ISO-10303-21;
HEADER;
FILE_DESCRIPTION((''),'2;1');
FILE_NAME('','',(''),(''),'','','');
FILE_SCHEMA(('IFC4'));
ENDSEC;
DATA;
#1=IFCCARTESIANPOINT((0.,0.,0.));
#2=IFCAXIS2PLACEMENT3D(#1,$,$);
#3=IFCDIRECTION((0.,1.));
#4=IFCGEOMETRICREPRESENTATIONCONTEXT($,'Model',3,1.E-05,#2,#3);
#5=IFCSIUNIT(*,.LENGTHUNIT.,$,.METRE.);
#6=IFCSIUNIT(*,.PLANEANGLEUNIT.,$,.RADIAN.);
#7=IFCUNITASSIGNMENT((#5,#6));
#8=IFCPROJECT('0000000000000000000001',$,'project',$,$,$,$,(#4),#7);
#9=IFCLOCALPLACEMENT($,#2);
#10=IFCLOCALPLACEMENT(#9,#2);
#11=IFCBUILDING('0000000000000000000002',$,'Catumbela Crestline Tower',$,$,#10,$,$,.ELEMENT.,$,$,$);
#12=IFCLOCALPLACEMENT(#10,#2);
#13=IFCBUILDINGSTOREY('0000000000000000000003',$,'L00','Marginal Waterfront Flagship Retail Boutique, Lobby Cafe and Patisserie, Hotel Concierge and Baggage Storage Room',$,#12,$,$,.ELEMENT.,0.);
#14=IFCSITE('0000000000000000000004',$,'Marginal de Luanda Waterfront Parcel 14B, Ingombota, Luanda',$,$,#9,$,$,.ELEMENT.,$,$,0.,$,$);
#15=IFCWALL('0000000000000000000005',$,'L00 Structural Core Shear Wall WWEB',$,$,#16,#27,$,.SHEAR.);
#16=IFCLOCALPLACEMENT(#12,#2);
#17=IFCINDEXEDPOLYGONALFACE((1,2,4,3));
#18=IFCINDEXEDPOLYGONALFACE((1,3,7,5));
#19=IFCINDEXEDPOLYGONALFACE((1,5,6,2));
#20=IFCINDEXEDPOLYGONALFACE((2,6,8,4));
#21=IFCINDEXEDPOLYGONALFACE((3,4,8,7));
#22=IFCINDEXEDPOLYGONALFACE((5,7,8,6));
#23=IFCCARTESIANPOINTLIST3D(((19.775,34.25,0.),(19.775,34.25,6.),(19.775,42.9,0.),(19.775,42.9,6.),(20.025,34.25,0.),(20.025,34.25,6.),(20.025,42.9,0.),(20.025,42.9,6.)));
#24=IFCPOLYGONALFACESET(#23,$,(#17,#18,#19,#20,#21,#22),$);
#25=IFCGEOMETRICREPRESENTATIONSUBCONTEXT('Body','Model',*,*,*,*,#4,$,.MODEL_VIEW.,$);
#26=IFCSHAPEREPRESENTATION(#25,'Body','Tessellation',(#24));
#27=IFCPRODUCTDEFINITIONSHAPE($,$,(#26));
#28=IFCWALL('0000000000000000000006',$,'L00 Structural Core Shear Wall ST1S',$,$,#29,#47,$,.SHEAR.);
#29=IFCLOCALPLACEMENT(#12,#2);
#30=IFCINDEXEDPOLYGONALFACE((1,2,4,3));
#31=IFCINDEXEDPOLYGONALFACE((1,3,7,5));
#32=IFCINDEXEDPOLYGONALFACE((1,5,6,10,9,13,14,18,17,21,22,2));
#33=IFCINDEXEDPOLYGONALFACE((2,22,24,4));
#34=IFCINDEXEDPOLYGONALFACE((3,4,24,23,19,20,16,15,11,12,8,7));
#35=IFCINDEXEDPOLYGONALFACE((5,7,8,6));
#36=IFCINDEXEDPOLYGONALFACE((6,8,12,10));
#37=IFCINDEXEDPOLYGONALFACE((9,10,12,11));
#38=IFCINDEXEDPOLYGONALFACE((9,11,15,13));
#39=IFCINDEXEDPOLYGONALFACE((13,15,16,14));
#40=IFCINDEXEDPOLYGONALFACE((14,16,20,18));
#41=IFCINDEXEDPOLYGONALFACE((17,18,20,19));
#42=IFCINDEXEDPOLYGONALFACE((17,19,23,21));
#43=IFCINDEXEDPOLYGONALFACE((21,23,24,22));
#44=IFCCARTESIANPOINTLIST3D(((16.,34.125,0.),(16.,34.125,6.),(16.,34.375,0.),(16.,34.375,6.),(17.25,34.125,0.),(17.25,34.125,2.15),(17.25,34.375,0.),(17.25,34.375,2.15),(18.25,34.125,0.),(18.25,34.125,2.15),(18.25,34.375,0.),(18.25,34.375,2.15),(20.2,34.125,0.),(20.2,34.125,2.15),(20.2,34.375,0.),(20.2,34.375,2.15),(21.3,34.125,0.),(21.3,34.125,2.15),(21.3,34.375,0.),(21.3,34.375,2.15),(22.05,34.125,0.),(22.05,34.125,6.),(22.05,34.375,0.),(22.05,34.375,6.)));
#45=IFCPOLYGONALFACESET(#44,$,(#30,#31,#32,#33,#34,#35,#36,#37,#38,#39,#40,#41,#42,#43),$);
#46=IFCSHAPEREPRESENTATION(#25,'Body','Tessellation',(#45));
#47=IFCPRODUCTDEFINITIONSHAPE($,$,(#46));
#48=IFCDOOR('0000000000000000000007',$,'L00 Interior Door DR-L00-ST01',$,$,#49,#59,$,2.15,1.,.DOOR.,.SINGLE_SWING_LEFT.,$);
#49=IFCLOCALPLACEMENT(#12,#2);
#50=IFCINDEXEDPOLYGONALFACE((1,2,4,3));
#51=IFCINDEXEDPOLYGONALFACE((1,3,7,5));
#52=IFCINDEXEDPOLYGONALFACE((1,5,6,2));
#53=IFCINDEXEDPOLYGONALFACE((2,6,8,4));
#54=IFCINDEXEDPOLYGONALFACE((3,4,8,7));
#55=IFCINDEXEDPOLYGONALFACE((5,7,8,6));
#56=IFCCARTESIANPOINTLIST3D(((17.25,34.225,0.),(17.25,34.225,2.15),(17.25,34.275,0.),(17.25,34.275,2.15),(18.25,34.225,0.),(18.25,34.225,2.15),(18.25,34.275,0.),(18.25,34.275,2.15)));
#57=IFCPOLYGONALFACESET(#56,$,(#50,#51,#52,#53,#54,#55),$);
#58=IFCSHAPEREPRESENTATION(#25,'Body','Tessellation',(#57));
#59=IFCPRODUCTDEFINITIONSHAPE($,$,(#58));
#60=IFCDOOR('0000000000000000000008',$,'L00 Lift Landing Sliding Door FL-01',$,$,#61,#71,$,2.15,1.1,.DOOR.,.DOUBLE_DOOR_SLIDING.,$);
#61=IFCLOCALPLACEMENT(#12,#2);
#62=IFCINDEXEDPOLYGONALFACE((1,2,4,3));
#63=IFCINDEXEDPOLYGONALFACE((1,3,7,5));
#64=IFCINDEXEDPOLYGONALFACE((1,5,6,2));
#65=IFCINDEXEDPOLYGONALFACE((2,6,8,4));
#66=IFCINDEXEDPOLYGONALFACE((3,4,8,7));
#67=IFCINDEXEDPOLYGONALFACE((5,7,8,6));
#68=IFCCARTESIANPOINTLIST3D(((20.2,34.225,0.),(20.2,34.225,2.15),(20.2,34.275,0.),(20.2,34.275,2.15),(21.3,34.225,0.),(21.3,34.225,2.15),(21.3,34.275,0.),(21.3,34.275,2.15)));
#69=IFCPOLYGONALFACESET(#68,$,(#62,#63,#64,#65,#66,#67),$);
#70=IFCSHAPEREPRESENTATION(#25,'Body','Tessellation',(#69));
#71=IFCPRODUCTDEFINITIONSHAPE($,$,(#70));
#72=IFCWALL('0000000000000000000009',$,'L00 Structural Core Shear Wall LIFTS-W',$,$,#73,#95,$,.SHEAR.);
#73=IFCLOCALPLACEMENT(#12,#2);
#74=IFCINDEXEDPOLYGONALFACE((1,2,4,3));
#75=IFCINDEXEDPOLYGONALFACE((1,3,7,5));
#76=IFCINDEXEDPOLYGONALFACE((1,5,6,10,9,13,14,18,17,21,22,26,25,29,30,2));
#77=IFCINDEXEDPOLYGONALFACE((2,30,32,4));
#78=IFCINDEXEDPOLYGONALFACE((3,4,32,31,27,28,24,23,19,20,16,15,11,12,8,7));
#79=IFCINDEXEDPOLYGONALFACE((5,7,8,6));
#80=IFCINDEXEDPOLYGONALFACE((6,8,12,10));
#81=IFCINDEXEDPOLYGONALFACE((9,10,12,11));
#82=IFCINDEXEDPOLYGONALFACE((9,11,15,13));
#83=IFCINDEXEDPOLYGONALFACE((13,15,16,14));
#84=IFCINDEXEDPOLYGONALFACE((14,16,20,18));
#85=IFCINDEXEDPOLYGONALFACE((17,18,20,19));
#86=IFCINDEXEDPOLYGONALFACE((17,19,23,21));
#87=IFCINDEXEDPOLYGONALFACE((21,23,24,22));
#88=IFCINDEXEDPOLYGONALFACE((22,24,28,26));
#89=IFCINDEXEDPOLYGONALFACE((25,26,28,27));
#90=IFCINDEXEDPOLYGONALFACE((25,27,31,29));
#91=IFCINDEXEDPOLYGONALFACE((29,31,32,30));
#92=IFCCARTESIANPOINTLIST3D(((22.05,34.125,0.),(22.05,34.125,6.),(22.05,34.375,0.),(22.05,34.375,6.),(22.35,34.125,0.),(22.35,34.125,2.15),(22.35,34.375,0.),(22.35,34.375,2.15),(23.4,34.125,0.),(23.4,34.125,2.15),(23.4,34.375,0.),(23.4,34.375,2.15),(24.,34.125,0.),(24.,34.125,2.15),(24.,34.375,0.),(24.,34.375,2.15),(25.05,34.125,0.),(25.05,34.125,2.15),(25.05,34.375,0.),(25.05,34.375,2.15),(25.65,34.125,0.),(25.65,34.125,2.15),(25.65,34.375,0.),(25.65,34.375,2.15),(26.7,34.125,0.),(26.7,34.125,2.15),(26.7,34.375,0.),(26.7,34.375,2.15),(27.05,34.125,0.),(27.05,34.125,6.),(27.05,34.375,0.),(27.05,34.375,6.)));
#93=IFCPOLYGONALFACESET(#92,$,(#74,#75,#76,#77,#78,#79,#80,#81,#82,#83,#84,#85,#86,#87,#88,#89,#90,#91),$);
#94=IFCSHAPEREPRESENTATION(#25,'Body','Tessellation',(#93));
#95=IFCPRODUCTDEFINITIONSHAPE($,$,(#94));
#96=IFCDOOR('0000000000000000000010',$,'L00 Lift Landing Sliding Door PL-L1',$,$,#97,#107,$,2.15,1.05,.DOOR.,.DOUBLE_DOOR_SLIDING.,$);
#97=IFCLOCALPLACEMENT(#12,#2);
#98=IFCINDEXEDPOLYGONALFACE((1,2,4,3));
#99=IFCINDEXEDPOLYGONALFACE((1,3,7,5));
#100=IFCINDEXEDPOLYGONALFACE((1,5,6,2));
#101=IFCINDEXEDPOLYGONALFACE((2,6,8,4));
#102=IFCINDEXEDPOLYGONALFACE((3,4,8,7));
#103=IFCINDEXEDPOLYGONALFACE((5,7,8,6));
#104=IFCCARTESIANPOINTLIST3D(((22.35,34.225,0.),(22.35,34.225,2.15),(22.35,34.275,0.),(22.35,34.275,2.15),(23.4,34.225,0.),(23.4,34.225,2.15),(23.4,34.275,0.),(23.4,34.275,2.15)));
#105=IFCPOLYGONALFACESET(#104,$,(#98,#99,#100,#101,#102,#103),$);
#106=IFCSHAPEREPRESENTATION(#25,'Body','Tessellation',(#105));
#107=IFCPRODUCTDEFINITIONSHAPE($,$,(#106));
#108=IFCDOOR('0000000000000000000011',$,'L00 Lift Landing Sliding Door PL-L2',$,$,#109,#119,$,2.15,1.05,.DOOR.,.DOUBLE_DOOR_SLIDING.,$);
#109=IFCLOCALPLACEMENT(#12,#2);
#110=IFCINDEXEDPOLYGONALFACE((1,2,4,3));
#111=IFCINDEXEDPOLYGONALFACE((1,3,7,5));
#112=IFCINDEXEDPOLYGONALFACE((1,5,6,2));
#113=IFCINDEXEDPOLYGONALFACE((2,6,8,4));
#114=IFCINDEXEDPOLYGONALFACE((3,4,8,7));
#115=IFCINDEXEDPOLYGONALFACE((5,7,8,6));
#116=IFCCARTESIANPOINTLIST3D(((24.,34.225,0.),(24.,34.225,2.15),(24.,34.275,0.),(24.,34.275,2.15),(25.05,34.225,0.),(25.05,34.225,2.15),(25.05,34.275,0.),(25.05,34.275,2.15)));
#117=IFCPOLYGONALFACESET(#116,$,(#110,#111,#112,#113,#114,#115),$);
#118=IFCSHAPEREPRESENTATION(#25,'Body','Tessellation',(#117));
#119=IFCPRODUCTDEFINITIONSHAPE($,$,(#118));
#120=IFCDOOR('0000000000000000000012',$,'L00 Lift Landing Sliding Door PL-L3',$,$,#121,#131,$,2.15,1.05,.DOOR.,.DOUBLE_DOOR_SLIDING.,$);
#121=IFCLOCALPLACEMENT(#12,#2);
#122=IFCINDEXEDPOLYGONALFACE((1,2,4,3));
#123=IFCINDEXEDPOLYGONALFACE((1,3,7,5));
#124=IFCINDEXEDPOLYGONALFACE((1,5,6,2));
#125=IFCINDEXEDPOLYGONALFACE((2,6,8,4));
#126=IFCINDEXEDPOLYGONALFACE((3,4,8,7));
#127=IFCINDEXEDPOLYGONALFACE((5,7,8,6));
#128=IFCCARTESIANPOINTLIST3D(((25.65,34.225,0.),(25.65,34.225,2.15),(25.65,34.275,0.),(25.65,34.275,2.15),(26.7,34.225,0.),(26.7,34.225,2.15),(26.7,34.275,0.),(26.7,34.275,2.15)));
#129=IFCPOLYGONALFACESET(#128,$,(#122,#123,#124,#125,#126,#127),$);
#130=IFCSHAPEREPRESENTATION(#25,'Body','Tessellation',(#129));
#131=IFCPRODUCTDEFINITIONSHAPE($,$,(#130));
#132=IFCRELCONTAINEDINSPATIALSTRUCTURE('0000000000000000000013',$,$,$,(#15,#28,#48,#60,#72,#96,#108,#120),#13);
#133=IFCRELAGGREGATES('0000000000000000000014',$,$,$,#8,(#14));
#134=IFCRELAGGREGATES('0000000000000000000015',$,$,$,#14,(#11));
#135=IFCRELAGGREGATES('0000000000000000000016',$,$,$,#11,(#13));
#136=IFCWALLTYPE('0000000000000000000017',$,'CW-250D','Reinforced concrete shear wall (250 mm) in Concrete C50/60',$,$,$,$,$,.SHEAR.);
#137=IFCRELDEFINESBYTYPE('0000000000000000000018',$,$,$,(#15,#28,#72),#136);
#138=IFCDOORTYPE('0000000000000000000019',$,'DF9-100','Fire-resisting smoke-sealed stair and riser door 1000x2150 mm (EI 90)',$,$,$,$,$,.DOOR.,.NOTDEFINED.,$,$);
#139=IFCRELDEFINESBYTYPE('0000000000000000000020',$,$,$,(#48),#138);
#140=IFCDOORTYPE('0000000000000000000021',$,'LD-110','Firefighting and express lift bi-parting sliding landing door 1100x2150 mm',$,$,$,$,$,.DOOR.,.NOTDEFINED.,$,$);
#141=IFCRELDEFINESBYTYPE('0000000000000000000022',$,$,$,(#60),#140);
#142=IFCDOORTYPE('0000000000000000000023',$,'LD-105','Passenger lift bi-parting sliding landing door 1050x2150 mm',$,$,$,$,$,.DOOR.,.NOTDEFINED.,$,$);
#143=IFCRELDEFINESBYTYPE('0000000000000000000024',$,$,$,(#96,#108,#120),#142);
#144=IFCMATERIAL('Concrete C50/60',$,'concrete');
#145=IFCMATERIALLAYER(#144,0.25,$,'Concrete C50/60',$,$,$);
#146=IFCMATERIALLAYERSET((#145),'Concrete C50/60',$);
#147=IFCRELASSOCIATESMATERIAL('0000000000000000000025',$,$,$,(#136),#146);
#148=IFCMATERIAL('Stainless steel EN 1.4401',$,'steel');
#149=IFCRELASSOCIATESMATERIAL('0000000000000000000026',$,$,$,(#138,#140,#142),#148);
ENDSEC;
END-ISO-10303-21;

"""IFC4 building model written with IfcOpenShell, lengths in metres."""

from ifc_helpers import new_model, si_unit, direction, frame, frame_2d, origin, place, context, subcontext, project, spatial, rectangle, extrude, material, layer, layer_set, type_object, element, fill, save


model = new_model("IFC4")

# Units and contexts
model_context = context("Model", 3, precision=1e-05, world=origin(), true_north=direction((0.0, 1.0)))
body_context = subcontext(model_context, "Body", "Model", "MODEL_VIEW")
ifc_project = project(units=[si_unit("LENGTHUNIT", "METRE"), si_unit("PLANEANGLEUNIT", "RADIAN")], contexts=[model_context])

# Site, building, storey
site_placement = place(None, origin())
site = spatial("IfcSite", under=ifc_project, at=site_placement, Name="Marginal de Luanda Waterfront Parcel 14B, Ingombota, Luanda", CompositionType="ELEMENT", RefElevation=0.0)
building_placement = place(site_placement, origin())
building = spatial("IfcBuilding", under=site, at=building_placement, Name="Catumbela Crestline Tower", CompositionType="ELEMENT")
storey_placement = place(building_placement, origin())
storey = spatial("IfcBuildingStorey", under=building, at=storey_placement, Name="L00", Description="Marginal Waterfront Flagship Retail Boutique, Lobby Cafe and Patisserie, Hotel Concierge and Baggage Storage Room", CompositionType="ELEMENT", Elevation=0.0)

# Wall
ifc_material_1 = material(Name="Concrete C50/60", Category="concrete")
ifc_layer_1 = layer(ifc_material_1, 0.25, Name="Concrete C50/60")
ifc_layer_set_1 = layer_set([ifc_layer_1], Name="Concrete C50/60")
wall_type_1 = type_object("IfcWallType", Name="CW-250D", Description="Reinforced concrete shear wall (250 mm) in Concrete C50/60", PredefinedType="SHEAR", material=ifc_layer_set_1)
wall_1_placement = place(storey_placement, frame((19.9, 34.25, 0.0), z_axis=(0.0, 0.0, 1.0), x_axis=(0.0, 1.0, 0.0)))
element("IfcWall", 1, at=wall_1_placement, inside=storey, type_object=wall_type_1, Name="L00 Structural Core Shear Wall WWEB", PredefinedType="SHEAR", context=body_context, shape_type="SweptSolid", body=[
    extrude(rectangle(XDim=8.65, YDim=0.25, at=frame_2d((4.325, 0.0))), origin(), (0.0, 0.0, 1.0), 6.0),
])

# Walls, openings, doors
wall_2_placement = place(storey_placement, frame((16.0, 34.25, 0.0), z_axis=(0.0, 0.0, 1.0), x_axis=(1.0, 0.0, 0.0)))
wall_2 = element("IfcWall", 2, at=wall_2_placement, inside=storey, type_object=wall_type_1, Name="L00 Structural Core Shear Wall ST1S", PredefinedType="SHEAR", context=body_context, shape_type="SweptSolid", body=[
    extrude(rectangle(XDim=6.05, YDim=0.25, at=frame_2d((3.025, 0.0))), origin(), (0.0, 0.0, 1.0), 6.0),
])
opening_1_placement = place(wall_2_placement, frame((1.25, 0.0, 0.0)))
opening_1 = element("IfcOpeningElement", 3, at=opening_1_placement, cuts=wall_2, PredefinedType="OPENING", context=body_context, shape_type="SweptSolid", body=[
    extrude(rectangle(XDim=1.0, YDim=2.15, at=frame_2d((0.5, 1.075))), frame((0.0, 0.135, 0.0), z_axis=(0.0, -1.0, 0.0), x_axis=(1.0, 0.0, 0.0)), (0.0, 0.0, 1.0), 0.27),
])
opening_2_placement = place(wall_2_placement, frame((4.2, 0.0, 0.0)))
opening_2 = element("IfcOpeningElement", 4, at=opening_2_placement, cuts=wall_2, PredefinedType="OPENING", context=body_context, shape_type="SweptSolid", body=[
    extrude(rectangle(XDim=1.1, YDim=2.15, at=frame_2d((0.55, 1.075))), frame((0.0, 0.135, 0.0), z_axis=(0.0, -1.0, 0.0), x_axis=(1.0, 0.0, 0.0)), (0.0, 0.0, 1.0), 0.27),
])
ifc_material_2 = material(Name="Stainless steel EN 1.4401", Category="steel")
door_type_1 = type_object("IfcDoorType", Name="DF9-100", Description="Fire-resisting smoke-sealed stair and riser door 1000x2150 mm (EI 90)", OperationType="NOTDEFINED", PredefinedType="DOOR", material=ifc_material_2)
door_1_placement = place(opening_1_placement, origin())
door_1 = element("IfcDoor", 5, at=door_1_placement, inside=storey, type_object=door_type_1, Name="L00 Interior Door DR-L00-ST01", OperationType="SINGLE_SWING_LEFT", OverallHeight=2.15, OverallWidth=1.0, PredefinedType="DOOR", context=body_context, shape_type="SweptSolid", body=[
    extrude(rectangle(XDim=1.0, YDim=2.15, at=frame_2d((0.5, 1.075))), frame((0.0, 0.025, 0.0), z_axis=(0.0, -1.0, 0.0), x_axis=(1.0, 0.0, 0.0)), (0.0, 0.0, 1.0), 0.05),
])
fill(opening_1, door_1)
door_type_2 = type_object("IfcDoorType", Name="LD-110", Description="Firefighting and express lift bi-parting sliding landing door 1100x2150 mm", OperationType="NOTDEFINED", PredefinedType="DOOR", material=ifc_material_2)
door_2_placement = place(opening_2_placement, origin())
door_2 = element("IfcDoor", 6, at=door_2_placement, inside=storey, type_object=door_type_2, Name="L00 Lift Landing Sliding Door FL-01", OperationType="DOUBLE_DOOR_SLIDING", OverallHeight=2.15, OverallWidth=1.1, PredefinedType="DOOR", context=body_context, shape_type="SweptSolid", body=[
    extrude(rectangle(XDim=1.1, YDim=2.15, at=frame_2d((0.55, 1.075))), frame((0.0, 0.025, 0.0), z_axis=(0.0, -1.0, 0.0), x_axis=(1.0, 0.0, 0.0)), (0.0, 0.0, 1.0), 0.05),
])
fill(opening_2, door_2)
wall_3_placement = place(storey_placement, frame((22.05, 34.25, 0.0), z_axis=(0.0, 0.0, 1.0), x_axis=(1.0, 0.0, 0.0)))
wall_3 = element("IfcWall", 7, at=wall_3_placement, inside=storey, type_object=wall_type_1, Name="L00 Structural Core Shear Wall LIFTS-W", PredefinedType="SHEAR", context=body_context, shape_type="SweptSolid", body=[
    extrude(rectangle(XDim=5.0, YDim=0.25, at=frame_2d((2.5, 0.0))), origin(), (0.0, 0.0, 1.0), 6.0),
])
opening_3_placement = place(wall_3_placement, frame((0.3, 0.0, 0.0)))
opening_3 = element("IfcOpeningElement", 8, at=opening_3_placement, cuts=wall_3, PredefinedType="OPENING", context=body_context, shape_type="SweptSolid", body=[
    extrude(rectangle(XDim=1.05, YDim=2.15, at=frame_2d((0.525, 1.075))), frame((0.0, 0.135, 0.0), z_axis=(0.0, -1.0, 0.0), x_axis=(1.0, 0.0, 0.0)), (0.0, 0.0, 1.0), 0.27),
])
opening_4_placement = place(wall_3_placement, frame((1.95, 0.0, 0.0)))
opening_4 = element("IfcOpeningElement", 9, at=opening_4_placement, cuts=wall_3, PredefinedType="OPENING", context=body_context, shape_type="SweptSolid", body=[
    extrude(rectangle(XDim=1.05, YDim=2.15, at=frame_2d((0.525, 1.075))), frame((0.0, 0.135, 0.0), z_axis=(0.0, -1.0, 0.0), x_axis=(1.0, 0.0, 0.0)), (0.0, 0.0, 1.0), 0.27),
])
opening_5_placement = place(wall_3_placement, frame((3.6, 0.0, 0.0)))
opening_5 = element("IfcOpeningElement", 10, at=opening_5_placement, cuts=wall_3, PredefinedType="OPENING", context=body_context, shape_type="SweptSolid", body=[
    extrude(rectangle(XDim=1.05, YDim=2.15, at=frame_2d((0.525, 1.075))), frame((0.0, 0.135, 0.0), z_axis=(0.0, -1.0, 0.0), x_axis=(1.0, 0.0, 0.0)), (0.0, 0.0, 1.0), 0.27),
])
door_type_3 = type_object("IfcDoorType", Name="LD-105", Description="Passenger lift bi-parting sliding landing door 1050x2150 mm", OperationType="NOTDEFINED", PredefinedType="DOOR", material=ifc_material_2)
door_3_placement = place(opening_3_placement, origin())
door_3 = element("IfcDoor", 11, at=door_3_placement, inside=storey, type_object=door_type_3, Name="L00 Lift Landing Sliding Door PL-L1", OperationType="DOUBLE_DOOR_SLIDING", OverallHeight=2.15, OverallWidth=1.05, PredefinedType="DOOR", context=body_context, shape_type="SweptSolid", body=[
    extrude(rectangle(XDim=1.05, YDim=2.15, at=frame_2d((0.525, 1.075))), frame((0.0, 0.025, 0.0), z_axis=(0.0, -1.0, 0.0), x_axis=(1.0, 0.0, 0.0)), (0.0, 0.0, 1.0), 0.05),
])
fill(opening_3, door_3)
door_4_placement = place(opening_4_placement, origin())
door_4 = element("IfcDoor", 12, at=door_4_placement, inside=storey, type_object=door_type_3, Name="L00 Lift Landing Sliding Door PL-L2", OperationType="DOUBLE_DOOR_SLIDING", OverallHeight=2.15, OverallWidth=1.05, PredefinedType="DOOR", context=body_context, shape_type="SweptSolid", body=[
    extrude(rectangle(XDim=1.05, YDim=2.15, at=frame_2d((0.525, 1.075))), frame((0.0, 0.025, 0.0), z_axis=(0.0, -1.0, 0.0), x_axis=(1.0, 0.0, 0.0)), (0.0, 0.0, 1.0), 0.05),
])
fill(opening_4, door_4)
door_5_placement = place(opening_5_placement, origin())
door_5 = element("IfcDoor", 13, at=door_5_placement, inside=storey, type_object=door_type_3, Name="L00 Lift Landing Sliding Door PL-L3", OperationType="DOUBLE_DOOR_SLIDING", OverallHeight=2.15, OverallWidth=1.05, PredefinedType="DOOR", context=body_context, shape_type="SweptSolid", body=[
    extrude(rectangle(XDim=1.05, YDim=2.15, at=frame_2d((0.525, 1.075))), frame((0.0, 0.025, 0.0), z_axis=(0.0, -1.0, 0.0), x_axis=(1.0, 0.0, 0.0)), (0.0, 0.0, 1.0), 0.05),
])
fill(opening_5, door_5)

save(model, "model.ifc")
